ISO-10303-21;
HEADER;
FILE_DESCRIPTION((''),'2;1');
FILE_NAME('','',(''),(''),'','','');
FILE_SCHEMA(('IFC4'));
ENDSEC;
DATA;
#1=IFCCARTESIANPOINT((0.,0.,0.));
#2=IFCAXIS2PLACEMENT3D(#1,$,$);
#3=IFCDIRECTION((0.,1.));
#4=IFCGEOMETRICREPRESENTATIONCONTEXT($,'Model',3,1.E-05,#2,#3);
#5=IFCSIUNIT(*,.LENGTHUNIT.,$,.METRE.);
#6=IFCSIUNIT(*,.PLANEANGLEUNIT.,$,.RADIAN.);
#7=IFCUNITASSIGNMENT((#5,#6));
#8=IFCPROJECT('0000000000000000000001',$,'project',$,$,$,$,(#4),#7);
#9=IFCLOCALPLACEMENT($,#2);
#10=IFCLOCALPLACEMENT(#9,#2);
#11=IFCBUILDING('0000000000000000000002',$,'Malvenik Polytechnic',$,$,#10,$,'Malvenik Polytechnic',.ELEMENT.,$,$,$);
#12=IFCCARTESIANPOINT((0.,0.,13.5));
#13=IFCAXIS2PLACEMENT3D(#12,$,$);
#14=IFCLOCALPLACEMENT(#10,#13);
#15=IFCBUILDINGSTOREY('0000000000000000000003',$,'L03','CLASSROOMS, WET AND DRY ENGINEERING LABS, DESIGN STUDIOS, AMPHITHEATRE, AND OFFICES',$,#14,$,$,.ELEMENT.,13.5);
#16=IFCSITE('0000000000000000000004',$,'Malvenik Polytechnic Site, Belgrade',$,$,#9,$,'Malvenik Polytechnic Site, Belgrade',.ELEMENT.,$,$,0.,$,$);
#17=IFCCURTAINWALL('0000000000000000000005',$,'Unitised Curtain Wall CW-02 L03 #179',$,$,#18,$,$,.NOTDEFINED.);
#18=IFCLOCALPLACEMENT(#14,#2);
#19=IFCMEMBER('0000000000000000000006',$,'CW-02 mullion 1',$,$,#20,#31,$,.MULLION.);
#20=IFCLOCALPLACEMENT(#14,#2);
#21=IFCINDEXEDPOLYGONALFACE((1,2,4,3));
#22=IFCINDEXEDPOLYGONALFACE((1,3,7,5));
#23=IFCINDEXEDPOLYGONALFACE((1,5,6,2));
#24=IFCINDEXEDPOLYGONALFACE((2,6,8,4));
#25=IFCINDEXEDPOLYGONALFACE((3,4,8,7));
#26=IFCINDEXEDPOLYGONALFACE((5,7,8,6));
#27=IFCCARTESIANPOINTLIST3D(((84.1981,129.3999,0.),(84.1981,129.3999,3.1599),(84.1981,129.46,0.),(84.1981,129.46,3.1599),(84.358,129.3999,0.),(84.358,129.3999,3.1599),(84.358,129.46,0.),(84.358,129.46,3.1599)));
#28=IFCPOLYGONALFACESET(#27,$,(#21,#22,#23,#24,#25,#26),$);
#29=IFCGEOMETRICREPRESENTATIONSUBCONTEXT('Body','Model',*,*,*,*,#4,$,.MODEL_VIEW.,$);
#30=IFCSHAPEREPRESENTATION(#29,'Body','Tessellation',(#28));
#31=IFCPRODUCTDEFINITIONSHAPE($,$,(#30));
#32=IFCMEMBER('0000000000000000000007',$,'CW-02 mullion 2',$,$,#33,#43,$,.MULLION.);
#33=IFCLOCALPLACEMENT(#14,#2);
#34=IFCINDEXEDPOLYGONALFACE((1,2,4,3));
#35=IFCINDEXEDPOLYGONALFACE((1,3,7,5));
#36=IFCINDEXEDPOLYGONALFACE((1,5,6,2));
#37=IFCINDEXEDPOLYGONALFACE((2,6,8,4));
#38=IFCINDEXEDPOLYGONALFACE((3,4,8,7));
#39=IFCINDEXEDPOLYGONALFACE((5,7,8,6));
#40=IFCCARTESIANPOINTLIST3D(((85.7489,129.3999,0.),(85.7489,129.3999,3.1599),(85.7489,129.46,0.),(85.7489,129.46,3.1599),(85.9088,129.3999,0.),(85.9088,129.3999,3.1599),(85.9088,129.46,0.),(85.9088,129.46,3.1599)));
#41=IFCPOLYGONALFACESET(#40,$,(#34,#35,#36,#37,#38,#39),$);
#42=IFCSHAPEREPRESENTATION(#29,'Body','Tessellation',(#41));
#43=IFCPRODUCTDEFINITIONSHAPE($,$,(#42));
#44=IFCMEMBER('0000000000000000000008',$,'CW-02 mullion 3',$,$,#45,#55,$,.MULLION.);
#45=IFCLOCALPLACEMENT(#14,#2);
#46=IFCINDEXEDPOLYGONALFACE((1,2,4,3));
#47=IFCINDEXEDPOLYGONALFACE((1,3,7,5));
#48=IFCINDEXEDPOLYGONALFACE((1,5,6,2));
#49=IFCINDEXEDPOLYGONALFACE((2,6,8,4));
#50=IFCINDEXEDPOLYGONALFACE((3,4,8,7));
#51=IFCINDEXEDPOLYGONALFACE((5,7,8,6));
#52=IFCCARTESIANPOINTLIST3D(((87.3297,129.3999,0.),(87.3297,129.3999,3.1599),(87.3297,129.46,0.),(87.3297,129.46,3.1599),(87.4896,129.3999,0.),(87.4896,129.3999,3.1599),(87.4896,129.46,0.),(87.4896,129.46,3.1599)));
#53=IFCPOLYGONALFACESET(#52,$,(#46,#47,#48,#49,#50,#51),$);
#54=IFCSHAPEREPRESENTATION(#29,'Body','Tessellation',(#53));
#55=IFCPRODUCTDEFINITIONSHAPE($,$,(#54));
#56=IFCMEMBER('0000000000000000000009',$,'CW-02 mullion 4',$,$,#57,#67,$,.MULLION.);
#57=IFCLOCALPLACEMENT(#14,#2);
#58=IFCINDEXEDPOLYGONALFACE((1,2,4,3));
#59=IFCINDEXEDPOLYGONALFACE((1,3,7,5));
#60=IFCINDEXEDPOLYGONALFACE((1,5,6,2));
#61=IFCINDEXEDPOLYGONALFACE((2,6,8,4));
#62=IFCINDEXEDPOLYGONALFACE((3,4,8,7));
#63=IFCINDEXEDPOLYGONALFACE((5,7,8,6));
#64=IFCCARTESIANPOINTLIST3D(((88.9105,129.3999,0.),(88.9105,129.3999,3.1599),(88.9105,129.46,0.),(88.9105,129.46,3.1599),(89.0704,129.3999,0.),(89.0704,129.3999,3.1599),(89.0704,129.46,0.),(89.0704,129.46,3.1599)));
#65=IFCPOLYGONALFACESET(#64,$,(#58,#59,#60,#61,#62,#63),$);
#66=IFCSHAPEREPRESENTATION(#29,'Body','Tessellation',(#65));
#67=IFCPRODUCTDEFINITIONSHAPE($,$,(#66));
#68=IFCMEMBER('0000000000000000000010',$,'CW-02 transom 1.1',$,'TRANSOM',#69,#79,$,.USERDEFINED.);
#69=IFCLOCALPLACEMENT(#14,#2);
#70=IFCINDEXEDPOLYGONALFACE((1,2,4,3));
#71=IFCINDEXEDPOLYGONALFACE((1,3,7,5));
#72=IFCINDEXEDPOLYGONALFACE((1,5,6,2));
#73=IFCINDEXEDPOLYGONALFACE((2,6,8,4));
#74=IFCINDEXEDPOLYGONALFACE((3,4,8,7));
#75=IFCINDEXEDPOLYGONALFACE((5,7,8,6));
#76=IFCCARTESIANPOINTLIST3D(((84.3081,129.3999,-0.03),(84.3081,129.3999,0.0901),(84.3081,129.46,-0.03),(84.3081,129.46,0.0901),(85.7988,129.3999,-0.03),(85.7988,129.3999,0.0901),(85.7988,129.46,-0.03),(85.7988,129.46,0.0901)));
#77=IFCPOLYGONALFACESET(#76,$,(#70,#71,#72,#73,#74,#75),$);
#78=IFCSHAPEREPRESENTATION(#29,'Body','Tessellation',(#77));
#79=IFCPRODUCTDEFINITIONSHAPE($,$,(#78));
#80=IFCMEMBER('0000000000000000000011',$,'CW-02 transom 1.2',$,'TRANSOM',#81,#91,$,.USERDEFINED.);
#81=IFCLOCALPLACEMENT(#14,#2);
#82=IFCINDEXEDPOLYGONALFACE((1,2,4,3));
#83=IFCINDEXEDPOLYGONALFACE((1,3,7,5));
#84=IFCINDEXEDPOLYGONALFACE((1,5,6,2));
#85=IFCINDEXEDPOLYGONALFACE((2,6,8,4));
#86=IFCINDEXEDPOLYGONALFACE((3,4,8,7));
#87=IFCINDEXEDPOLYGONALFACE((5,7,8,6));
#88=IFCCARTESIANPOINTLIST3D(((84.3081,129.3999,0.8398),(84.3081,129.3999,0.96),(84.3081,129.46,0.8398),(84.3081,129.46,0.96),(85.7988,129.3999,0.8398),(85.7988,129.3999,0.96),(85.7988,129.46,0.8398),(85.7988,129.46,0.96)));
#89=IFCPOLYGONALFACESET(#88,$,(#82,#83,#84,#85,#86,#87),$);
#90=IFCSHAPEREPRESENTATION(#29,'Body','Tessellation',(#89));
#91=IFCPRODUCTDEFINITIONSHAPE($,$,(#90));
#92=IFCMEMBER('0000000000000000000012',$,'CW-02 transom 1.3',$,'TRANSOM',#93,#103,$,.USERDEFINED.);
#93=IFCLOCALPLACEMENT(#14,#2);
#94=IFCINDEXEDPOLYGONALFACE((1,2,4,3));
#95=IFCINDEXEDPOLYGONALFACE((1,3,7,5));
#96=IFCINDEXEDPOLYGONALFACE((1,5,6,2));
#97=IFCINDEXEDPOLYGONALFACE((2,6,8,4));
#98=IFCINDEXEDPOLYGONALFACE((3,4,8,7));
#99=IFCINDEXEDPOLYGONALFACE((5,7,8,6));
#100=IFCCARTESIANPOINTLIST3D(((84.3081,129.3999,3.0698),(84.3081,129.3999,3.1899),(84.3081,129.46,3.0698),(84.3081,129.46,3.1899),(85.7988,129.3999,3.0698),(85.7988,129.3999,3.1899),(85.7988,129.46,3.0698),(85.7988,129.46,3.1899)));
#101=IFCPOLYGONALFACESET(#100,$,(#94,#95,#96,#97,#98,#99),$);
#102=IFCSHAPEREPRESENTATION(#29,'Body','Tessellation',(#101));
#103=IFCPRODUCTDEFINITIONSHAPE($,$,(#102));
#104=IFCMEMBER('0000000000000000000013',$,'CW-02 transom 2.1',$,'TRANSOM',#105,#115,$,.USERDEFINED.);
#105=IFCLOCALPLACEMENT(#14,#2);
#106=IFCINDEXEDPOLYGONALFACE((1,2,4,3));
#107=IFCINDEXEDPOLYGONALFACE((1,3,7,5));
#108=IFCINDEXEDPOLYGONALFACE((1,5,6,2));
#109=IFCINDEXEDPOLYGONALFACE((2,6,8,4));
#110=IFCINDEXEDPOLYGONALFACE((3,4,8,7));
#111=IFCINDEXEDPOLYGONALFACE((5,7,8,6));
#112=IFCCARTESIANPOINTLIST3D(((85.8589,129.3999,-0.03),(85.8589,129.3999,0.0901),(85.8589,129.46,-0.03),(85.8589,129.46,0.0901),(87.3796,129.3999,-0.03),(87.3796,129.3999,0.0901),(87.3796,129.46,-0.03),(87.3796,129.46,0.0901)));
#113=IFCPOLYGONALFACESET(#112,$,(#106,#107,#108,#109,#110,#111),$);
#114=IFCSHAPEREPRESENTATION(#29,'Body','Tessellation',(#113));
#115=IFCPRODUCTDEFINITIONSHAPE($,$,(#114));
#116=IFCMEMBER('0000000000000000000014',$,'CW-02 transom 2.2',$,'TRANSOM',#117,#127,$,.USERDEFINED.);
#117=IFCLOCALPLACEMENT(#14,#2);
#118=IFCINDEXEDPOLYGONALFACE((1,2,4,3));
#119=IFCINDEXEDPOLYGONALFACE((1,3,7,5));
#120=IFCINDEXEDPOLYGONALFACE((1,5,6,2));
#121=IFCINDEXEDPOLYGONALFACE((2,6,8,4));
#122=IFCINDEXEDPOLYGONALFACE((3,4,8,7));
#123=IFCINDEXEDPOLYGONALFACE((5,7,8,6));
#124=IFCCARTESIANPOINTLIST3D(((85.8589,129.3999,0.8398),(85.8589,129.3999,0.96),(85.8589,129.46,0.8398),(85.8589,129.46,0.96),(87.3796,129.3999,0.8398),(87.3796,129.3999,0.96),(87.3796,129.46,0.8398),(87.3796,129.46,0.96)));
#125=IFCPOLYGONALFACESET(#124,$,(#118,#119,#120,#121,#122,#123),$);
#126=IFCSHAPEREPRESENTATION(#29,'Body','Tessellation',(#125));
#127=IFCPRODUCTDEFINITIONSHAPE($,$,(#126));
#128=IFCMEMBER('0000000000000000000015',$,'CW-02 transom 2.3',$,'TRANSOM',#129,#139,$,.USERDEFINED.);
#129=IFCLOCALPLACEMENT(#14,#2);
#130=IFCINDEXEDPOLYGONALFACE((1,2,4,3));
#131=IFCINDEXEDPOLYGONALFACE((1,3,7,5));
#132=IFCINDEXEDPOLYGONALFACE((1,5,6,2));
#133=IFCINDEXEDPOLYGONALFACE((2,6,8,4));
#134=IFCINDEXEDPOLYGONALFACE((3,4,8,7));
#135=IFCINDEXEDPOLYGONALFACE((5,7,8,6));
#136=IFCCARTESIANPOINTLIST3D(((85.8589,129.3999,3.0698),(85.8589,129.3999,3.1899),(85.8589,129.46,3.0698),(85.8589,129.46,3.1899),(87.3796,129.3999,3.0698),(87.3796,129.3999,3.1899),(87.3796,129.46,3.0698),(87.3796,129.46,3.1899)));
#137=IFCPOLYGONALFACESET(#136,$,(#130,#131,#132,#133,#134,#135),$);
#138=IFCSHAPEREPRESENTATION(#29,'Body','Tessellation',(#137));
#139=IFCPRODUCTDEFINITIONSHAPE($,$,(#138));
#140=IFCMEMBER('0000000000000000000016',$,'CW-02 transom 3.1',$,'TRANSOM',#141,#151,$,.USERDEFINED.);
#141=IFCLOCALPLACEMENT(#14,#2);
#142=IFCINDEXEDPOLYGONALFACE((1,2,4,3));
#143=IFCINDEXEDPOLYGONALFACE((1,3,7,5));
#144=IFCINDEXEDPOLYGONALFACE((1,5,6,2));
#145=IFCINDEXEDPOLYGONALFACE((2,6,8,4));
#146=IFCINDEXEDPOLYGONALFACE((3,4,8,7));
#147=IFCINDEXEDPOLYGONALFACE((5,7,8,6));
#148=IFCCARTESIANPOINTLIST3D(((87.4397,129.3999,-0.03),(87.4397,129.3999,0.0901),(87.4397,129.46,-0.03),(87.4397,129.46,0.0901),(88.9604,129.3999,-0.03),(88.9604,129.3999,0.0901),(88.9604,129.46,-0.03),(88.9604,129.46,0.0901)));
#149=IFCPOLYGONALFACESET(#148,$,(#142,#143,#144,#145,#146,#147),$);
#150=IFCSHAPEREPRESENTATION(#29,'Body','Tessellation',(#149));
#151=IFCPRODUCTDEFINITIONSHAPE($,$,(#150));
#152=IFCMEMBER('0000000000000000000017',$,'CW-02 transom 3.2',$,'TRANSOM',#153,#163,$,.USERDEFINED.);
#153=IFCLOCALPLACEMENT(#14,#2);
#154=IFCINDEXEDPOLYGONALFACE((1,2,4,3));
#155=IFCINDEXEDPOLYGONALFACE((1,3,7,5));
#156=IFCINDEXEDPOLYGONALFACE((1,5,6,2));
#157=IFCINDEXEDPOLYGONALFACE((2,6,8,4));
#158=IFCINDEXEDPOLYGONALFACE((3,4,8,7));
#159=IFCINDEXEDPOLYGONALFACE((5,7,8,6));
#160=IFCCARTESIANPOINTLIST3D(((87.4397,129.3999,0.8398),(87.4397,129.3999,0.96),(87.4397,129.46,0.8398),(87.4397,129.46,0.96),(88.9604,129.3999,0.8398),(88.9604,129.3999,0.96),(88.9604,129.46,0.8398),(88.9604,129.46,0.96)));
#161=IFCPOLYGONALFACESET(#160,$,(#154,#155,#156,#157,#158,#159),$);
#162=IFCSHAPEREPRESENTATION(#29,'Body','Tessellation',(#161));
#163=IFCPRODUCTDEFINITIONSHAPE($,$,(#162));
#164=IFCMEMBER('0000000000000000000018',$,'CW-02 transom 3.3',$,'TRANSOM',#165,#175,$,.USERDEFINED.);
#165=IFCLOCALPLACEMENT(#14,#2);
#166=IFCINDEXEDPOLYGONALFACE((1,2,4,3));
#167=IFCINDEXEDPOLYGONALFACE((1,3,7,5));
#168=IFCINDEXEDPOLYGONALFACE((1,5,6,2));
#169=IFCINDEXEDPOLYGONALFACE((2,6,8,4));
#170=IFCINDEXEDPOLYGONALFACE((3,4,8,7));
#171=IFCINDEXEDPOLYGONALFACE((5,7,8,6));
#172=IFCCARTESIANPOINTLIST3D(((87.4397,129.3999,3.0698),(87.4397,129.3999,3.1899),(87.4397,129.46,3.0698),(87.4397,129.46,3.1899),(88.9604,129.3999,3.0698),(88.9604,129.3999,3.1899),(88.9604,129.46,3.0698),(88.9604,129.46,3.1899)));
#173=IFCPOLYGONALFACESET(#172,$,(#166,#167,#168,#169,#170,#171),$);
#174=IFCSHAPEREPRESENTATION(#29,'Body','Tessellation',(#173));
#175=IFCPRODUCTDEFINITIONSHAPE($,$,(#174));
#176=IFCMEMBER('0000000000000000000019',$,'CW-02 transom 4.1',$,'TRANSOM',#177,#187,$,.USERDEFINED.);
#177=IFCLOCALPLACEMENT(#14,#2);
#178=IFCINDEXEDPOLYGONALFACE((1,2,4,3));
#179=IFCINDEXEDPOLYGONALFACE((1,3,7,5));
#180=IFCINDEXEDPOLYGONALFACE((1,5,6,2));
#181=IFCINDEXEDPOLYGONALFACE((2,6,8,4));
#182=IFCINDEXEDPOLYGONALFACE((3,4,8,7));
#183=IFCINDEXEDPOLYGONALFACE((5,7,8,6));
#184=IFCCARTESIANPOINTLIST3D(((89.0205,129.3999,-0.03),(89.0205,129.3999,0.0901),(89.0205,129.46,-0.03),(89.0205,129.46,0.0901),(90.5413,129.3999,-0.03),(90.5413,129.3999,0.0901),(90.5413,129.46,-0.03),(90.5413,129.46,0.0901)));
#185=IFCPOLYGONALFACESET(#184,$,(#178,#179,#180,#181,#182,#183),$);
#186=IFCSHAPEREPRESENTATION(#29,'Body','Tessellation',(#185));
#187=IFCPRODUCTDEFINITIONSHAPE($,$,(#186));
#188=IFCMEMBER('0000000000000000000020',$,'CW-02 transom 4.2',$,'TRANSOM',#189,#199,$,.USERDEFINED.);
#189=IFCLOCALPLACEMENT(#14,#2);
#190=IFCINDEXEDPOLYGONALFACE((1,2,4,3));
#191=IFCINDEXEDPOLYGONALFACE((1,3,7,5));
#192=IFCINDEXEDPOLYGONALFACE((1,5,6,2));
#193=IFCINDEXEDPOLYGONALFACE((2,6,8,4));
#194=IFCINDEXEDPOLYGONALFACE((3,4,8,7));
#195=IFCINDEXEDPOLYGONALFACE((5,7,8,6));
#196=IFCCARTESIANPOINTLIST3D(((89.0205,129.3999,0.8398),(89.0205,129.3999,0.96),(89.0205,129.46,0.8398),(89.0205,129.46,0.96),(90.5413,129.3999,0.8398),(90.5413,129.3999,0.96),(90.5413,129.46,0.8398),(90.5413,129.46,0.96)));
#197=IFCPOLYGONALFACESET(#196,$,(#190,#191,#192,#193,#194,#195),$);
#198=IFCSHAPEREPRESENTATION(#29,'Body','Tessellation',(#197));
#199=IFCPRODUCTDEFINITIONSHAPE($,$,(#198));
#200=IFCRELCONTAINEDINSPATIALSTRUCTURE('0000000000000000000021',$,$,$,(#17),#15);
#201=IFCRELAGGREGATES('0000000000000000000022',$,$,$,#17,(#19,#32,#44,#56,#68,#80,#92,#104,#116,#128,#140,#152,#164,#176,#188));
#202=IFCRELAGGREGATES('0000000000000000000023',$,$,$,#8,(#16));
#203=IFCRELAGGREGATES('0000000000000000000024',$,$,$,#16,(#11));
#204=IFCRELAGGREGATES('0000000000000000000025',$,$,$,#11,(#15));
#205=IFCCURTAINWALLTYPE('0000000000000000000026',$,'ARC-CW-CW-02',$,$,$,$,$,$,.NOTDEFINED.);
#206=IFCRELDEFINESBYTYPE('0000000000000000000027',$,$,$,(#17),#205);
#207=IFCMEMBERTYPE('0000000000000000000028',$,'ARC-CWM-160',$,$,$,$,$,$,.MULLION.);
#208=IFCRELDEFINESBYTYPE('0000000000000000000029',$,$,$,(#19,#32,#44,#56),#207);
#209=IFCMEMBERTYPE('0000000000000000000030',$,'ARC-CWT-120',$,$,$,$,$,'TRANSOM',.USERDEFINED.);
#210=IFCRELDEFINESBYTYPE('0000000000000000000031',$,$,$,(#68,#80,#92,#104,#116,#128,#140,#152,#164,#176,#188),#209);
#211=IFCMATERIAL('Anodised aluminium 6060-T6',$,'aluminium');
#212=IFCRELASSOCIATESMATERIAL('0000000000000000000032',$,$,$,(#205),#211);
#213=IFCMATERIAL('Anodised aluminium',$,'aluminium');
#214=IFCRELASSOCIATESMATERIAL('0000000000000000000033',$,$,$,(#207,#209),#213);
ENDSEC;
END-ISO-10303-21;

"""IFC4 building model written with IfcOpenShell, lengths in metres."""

from ifc_helpers import new_model, si_unit, direction, frame, origin, origin_2d, place, context, subcontext, project, spatial, rectangle, extrude, material, material_profile, profile_set, type_object, element, aggregate, save


model = new_model("IFC4")

# Units and contexts
model_context = context("Model", 3, precision=1e-05, world=origin(), true_north=direction((0.0, 1.0)))
body_context = subcontext(model_context, "Body", "Model", "MODEL_VIEW")
ifc_project = project(units=[si_unit("LENGTHUNIT", "METRE"), si_unit("PLANEANGLEUNIT", "RADIAN")], contexts=[model_context])

# Site, building, storey
site_placement = place(None, origin())
site = spatial("IfcSite", under=ifc_project, at=site_placement, Name="Malvenik Polytechnic Site, Belgrade", LongName="Malvenik Polytechnic Site, Belgrade", CompositionType="ELEMENT", RefElevation=0.0)
building_placement = place(site_placement, origin())
building = spatial("IfcBuilding", under=site, at=building_placement, Name="Malvenik Polytechnic", LongName="Malvenik Polytechnic", CompositionType="ELEMENT")
storey_placement = place(building_placement, frame((0.0, 0.0, 13.5)))
storey = spatial("IfcBuildingStorey", under=building, at=storey_placement, Name="L03", Description="CLASSROOMS, WET AND DRY ENGINEERING LABS, DESIGN STUDIOS, AMPHITHEATRE, AND OFFICES", CompositionType="ELEMENT", Elevation=13.5)

# Curtain wall, members
ifc_material_1 = material(Name="Anodised aluminium 6060-T6", Category="aluminium")
curtain_wall_type = type_object("IfcCurtainWallType", Name="ARC-CW-CW-02", PredefinedType="NOTDEFINED", material=ifc_material_1)
curtain_wall_placement = place(storey_placement, origin())
curtain_wall = element("IfcCurtainWall", 1, at=curtain_wall_placement, inside=storey, type_object=curtain_wall_type, Name="Unitised Curtain Wall CW-02 L03 #179", PredefinedType="NOTDEFINED")
ifc_material_2 = material(Name="Anodised aluminium", Category="aluminium")
ifc_material_profile_1 = material_profile(ifc_material_2, rectangle(XDim=0.0601, YDim=0.1599, at=origin_2d()), Name="ALU MULLION 60x160")
ifc_profile_set_1 = profile_set([ifc_material_profile_1], Name="Anodised aluminium")
member_type_1 = type_object("IfcMemberType", Name="ARC-CWM-160", PredefinedType="MULLION", material=ifc_profile_set_1)
member_1_placement = place(storey_placement, frame((84.2781, 129.4299, 0.0), z_axis=(0.0, 0.0, 1.0), x_axis=(0.0, 1.0, 0.0)))
member_1 = element("IfcMember", 2, at=member_1_placement, type_object=member_type_1, Name="CW-02 mullion 1", PredefinedType="MULLION", context=body_context, shape_type="SweptSolid", body=[
    extrude(rectangle(XDim=0.0601, YDim=0.1599, at=origin_2d()), origin(), (0.0, 0.0, 1.0), 3.1599),
])
member_2_placement = place(storey_placement, frame((85.8289, 129.4299, 0.0), z_axis=(0.0, 0.0, 1.0), x_axis=(0.0, 1.0, 0.0)))
member_2 = element("IfcMember", 3, at=member_2_placement, type_object=member_type_1, Name="CW-02 mullion 2", PredefinedType="MULLION", context=body_context, shape_type="SweptSolid", body=[
    extrude(rectangle(XDim=0.0601, YDim=0.1599, at=origin_2d()), origin(), (0.0, 0.0, 1.0), 3.1599),
])
member_3_placement = place(storey_placement, frame((87.4097, 129.4299, 0.0), z_axis=(0.0, 0.0, 1.0), x_axis=(0.0, 1.0, 0.0)))
member_3 = element("IfcMember", 4, at=member_3_placement, type_object=member_type_1, Name="CW-02 mullion 3", PredefinedType="MULLION", context=body_context, shape_type="SweptSolid", body=[
    extrude(rectangle(XDim=0.0601, YDim=0.1599, at=origin_2d()), origin(), (0.0, 0.0, 1.0), 3.1599),
])
member_4_placement = place(storey_placement, frame((88.9905, 129.4299, 0.0), z_axis=(0.0, 0.0, 1.0), x_axis=(0.0, 1.0, 0.0)))
member_4 = element("IfcMember", 5, at=member_4_placement, type_object=member_type_1, Name="CW-02 mullion 4", PredefinedType="MULLION", context=body_context, shape_type="SweptSolid", body=[
    extrude(rectangle(XDim=0.0601, YDim=0.1599, at=origin_2d()), origin(), (0.0, 0.0, 1.0), 3.1599),
])
ifc_material_profile_2 = material_profile(ifc_material_2, rectangle(XDim=0.0601, YDim=0.1201, at=origin_2d()), Name="ALU TRANSOM 60x120")
ifc_profile_set_2 = profile_set([ifc_material_profile_2], Name="Anodised aluminium")
member_type_2 = type_object("IfcMemberType", Name="ARC-CWT-120", ElementType="TRANSOM", PredefinedType="USERDEFINED", material=ifc_profile_set_2)
member_5_placement = place(storey_placement, frame((84.3081, 129.4299, 0.03), z_axis=(1.0, 0.0, 0.0), x_axis=(0.0, 1.0, 0.0)))
member_5 = element("IfcMember", 6, at=member_5_placement, type_object=member_type_2, Name="CW-02 transom 1.1", ObjectType="TRANSOM", PredefinedType="USERDEFINED", context=body_context, shape_type="SweptSolid", body=[
    extrude(rectangle(XDim=0.0601, YDim=0.1201, at=origin_2d()), origin(), (0.0, 0.0, 1.0), 1.4907),
])
member_6_placement = place(storey_placement, frame((84.3081, 129.4299, 0.8999), z_axis=(1.0, 0.0, 0.0), x_axis=(0.0, 1.0, 0.0)))
member_6 = element("IfcMember", 7, at=member_6_placement, type_object=member_type_2, Name="CW-02 transom 1.2", ObjectType="TRANSOM", PredefinedType="USERDEFINED", context=body_context, shape_type="SweptSolid", body=[
    extrude(rectangle(XDim=0.0601, YDim=0.1201, at=origin_2d()), origin(), (0.0, 0.0, 1.0), 1.4907),
])
member_7_placement = place(storey_placement, frame((84.3081, 129.4299, 3.1299), z_axis=(1.0, 0.0, 0.0), x_axis=(0.0, 1.0, 0.0)))
member_7 = element("IfcMember", 8, at=member_7_placement, type_object=member_type_2, Name="CW-02 transom 1.3", ObjectType="TRANSOM", PredefinedType="USERDEFINED", context=body_context, shape_type="SweptSolid", body=[
    extrude(rectangle(XDim=0.0601, YDim=0.1201, at=origin_2d()), origin(), (0.0, 0.0, 1.0), 1.4907),
])
member_8_placement = place(storey_placement, frame((85.8589, 129.4299, 0.03), z_axis=(1.0, 0.0, 0.0), x_axis=(0.0, 1.0, 0.0)))
member_8 = element("IfcMember", 9, at=member_8_placement, type_object=member_type_2, Name="CW-02 transom 2.1", ObjectType="TRANSOM", PredefinedType="USERDEFINED", context=body_context, shape_type="SweptSolid", body=[
    extrude(rectangle(XDim=0.0601, YDim=0.1201, at=origin_2d()), origin(), (0.0, 0.0, 1.0), 1.5208),
])
member_9_placement = place(storey_placement, frame((85.8589, 129.4299, 0.8999), z_axis=(1.0, 0.0, 0.0), x_axis=(0.0, 1.0, 0.0)))
member_9 = element("IfcMember", 10, at=member_9_placement, type_object=member_type_2, Name="CW-02 transom 2.2", ObjectType="TRANSOM", PredefinedType="USERDEFINED", context=body_context, shape_type="SweptSolid", body=[
    extrude(rectangle(XDim=0.0601, YDim=0.1201, at=origin_2d()), origin(), (0.0, 0.0, 1.0), 1.5208),
])
member_10_placement = place(storey_placement, frame((85.8589, 129.4299, 3.1299), z_axis=(1.0, 0.0, 0.0), x_axis=(0.0, 1.0, 0.0)))
member_10 = element("IfcMember", 11, at=member_10_placement, type_object=member_type_2, Name="CW-02 transom 2.3", ObjectType="TRANSOM", PredefinedType="USERDEFINED", context=body_context, shape_type="SweptSolid", body=[
    extrude(rectangle(XDim=0.0601, YDim=0.1201, at=origin_2d()), origin(), (0.0, 0.0, 1.0), 1.5208),
])
member_11_placement = place(storey_placement, frame((87.4397, 129.4299, 0.03), z_axis=(1.0, 0.0, 0.0), x_axis=(0.0, 1.0, 0.0)))
member_11 = element("IfcMember", 12, at=member_11_placement, type_object=member_type_2, Name="CW-02 transom 3.1", ObjectType="TRANSOM", PredefinedType="USERDEFINED", context=body_context, shape_type="SweptSolid", body=[
    extrude(rectangle(XDim=0.0601, YDim=0.1201, at=origin_2d()), origin(), (0.0, 0.0, 1.0), 1.5208),
])
member_12_placement = place(storey_placement, frame((87.4397, 129.4299, 0.8999), z_axis=(1.0, 0.0, 0.0), x_axis=(0.0, 1.0, 0.0)))
member_12 = element("IfcMember", 13, at=member_12_placement, type_object=member_type_2, Name="CW-02 transom 3.2", ObjectType="TRANSOM", PredefinedType="USERDEFINED", context=body_context, shape_type="SweptSolid", body=[
    extrude(rectangle(XDim=0.0601, YDim=0.1201, at=origin_2d()), origin(), (0.0, 0.0, 1.0), 1.5208),
])
member_13_placement = place(storey_placement, frame((87.4397, 129.4299, 3.1299), z_axis=(1.0, 0.0, 0.0), x_axis=(0.0, 1.0, 0.0)))
member_13 = element("IfcMember", 14, at=member_13_placement, type_object=member_type_2, Name="CW-02 transom 3.3", ObjectType="TRANSOM", PredefinedType="USERDEFINED", context=body_context, shape_type="SweptSolid", body=[
    extrude(rectangle(XDim=0.0601, YDim=0.1201, at=origin_2d()), origin(), (0.0, 0.0, 1.0), 1.5208),
])
member_14_placement = place(storey_placement, frame((89.0205, 129.4299, 0.03), z_axis=(1.0, 0.0, 0.0), x_axis=(0.0, 1.0, 0.0)))
member_14 = element("IfcMember", 15, at=member_14_placement, type_object=member_type_2, Name="CW-02 transom 4.1", ObjectType="TRANSOM", PredefinedType="USERDEFINED", context=body_context, shape_type="SweptSolid", body=[
    extrude(rectangle(XDim=0.0601, YDim=0.1201, at=origin_2d()), origin(), (0.0, 0.0, 1.0), 1.5208),
])
member_15_placement = place(storey_placement, frame((89.0205, 129.4299, 0.8999), z_axis=(1.0, 0.0, 0.0), x_axis=(0.0, 1.0, 0.0)))
member_15 = element("IfcMember", 16, at=member_15_placement, type_object=member_type_2, Name="CW-02 transom 4.2", ObjectType="TRANSOM", PredefinedType="USERDEFINED", context=body_context, shape_type="SweptSolid", body=[
    extrude(rectangle(XDim=0.0601, YDim=0.1201, at=origin_2d()), origin(), (0.0, 0.0, 1.0), 1.5208),
])

aggregate(curtain_wall, [member_1, member_2, member_3, member_4, member_5, member_6, member_7, member_8, member_9, member_10, member_11, member_12, member_13, member_14, member_15])

save(model, "model.ifc")
